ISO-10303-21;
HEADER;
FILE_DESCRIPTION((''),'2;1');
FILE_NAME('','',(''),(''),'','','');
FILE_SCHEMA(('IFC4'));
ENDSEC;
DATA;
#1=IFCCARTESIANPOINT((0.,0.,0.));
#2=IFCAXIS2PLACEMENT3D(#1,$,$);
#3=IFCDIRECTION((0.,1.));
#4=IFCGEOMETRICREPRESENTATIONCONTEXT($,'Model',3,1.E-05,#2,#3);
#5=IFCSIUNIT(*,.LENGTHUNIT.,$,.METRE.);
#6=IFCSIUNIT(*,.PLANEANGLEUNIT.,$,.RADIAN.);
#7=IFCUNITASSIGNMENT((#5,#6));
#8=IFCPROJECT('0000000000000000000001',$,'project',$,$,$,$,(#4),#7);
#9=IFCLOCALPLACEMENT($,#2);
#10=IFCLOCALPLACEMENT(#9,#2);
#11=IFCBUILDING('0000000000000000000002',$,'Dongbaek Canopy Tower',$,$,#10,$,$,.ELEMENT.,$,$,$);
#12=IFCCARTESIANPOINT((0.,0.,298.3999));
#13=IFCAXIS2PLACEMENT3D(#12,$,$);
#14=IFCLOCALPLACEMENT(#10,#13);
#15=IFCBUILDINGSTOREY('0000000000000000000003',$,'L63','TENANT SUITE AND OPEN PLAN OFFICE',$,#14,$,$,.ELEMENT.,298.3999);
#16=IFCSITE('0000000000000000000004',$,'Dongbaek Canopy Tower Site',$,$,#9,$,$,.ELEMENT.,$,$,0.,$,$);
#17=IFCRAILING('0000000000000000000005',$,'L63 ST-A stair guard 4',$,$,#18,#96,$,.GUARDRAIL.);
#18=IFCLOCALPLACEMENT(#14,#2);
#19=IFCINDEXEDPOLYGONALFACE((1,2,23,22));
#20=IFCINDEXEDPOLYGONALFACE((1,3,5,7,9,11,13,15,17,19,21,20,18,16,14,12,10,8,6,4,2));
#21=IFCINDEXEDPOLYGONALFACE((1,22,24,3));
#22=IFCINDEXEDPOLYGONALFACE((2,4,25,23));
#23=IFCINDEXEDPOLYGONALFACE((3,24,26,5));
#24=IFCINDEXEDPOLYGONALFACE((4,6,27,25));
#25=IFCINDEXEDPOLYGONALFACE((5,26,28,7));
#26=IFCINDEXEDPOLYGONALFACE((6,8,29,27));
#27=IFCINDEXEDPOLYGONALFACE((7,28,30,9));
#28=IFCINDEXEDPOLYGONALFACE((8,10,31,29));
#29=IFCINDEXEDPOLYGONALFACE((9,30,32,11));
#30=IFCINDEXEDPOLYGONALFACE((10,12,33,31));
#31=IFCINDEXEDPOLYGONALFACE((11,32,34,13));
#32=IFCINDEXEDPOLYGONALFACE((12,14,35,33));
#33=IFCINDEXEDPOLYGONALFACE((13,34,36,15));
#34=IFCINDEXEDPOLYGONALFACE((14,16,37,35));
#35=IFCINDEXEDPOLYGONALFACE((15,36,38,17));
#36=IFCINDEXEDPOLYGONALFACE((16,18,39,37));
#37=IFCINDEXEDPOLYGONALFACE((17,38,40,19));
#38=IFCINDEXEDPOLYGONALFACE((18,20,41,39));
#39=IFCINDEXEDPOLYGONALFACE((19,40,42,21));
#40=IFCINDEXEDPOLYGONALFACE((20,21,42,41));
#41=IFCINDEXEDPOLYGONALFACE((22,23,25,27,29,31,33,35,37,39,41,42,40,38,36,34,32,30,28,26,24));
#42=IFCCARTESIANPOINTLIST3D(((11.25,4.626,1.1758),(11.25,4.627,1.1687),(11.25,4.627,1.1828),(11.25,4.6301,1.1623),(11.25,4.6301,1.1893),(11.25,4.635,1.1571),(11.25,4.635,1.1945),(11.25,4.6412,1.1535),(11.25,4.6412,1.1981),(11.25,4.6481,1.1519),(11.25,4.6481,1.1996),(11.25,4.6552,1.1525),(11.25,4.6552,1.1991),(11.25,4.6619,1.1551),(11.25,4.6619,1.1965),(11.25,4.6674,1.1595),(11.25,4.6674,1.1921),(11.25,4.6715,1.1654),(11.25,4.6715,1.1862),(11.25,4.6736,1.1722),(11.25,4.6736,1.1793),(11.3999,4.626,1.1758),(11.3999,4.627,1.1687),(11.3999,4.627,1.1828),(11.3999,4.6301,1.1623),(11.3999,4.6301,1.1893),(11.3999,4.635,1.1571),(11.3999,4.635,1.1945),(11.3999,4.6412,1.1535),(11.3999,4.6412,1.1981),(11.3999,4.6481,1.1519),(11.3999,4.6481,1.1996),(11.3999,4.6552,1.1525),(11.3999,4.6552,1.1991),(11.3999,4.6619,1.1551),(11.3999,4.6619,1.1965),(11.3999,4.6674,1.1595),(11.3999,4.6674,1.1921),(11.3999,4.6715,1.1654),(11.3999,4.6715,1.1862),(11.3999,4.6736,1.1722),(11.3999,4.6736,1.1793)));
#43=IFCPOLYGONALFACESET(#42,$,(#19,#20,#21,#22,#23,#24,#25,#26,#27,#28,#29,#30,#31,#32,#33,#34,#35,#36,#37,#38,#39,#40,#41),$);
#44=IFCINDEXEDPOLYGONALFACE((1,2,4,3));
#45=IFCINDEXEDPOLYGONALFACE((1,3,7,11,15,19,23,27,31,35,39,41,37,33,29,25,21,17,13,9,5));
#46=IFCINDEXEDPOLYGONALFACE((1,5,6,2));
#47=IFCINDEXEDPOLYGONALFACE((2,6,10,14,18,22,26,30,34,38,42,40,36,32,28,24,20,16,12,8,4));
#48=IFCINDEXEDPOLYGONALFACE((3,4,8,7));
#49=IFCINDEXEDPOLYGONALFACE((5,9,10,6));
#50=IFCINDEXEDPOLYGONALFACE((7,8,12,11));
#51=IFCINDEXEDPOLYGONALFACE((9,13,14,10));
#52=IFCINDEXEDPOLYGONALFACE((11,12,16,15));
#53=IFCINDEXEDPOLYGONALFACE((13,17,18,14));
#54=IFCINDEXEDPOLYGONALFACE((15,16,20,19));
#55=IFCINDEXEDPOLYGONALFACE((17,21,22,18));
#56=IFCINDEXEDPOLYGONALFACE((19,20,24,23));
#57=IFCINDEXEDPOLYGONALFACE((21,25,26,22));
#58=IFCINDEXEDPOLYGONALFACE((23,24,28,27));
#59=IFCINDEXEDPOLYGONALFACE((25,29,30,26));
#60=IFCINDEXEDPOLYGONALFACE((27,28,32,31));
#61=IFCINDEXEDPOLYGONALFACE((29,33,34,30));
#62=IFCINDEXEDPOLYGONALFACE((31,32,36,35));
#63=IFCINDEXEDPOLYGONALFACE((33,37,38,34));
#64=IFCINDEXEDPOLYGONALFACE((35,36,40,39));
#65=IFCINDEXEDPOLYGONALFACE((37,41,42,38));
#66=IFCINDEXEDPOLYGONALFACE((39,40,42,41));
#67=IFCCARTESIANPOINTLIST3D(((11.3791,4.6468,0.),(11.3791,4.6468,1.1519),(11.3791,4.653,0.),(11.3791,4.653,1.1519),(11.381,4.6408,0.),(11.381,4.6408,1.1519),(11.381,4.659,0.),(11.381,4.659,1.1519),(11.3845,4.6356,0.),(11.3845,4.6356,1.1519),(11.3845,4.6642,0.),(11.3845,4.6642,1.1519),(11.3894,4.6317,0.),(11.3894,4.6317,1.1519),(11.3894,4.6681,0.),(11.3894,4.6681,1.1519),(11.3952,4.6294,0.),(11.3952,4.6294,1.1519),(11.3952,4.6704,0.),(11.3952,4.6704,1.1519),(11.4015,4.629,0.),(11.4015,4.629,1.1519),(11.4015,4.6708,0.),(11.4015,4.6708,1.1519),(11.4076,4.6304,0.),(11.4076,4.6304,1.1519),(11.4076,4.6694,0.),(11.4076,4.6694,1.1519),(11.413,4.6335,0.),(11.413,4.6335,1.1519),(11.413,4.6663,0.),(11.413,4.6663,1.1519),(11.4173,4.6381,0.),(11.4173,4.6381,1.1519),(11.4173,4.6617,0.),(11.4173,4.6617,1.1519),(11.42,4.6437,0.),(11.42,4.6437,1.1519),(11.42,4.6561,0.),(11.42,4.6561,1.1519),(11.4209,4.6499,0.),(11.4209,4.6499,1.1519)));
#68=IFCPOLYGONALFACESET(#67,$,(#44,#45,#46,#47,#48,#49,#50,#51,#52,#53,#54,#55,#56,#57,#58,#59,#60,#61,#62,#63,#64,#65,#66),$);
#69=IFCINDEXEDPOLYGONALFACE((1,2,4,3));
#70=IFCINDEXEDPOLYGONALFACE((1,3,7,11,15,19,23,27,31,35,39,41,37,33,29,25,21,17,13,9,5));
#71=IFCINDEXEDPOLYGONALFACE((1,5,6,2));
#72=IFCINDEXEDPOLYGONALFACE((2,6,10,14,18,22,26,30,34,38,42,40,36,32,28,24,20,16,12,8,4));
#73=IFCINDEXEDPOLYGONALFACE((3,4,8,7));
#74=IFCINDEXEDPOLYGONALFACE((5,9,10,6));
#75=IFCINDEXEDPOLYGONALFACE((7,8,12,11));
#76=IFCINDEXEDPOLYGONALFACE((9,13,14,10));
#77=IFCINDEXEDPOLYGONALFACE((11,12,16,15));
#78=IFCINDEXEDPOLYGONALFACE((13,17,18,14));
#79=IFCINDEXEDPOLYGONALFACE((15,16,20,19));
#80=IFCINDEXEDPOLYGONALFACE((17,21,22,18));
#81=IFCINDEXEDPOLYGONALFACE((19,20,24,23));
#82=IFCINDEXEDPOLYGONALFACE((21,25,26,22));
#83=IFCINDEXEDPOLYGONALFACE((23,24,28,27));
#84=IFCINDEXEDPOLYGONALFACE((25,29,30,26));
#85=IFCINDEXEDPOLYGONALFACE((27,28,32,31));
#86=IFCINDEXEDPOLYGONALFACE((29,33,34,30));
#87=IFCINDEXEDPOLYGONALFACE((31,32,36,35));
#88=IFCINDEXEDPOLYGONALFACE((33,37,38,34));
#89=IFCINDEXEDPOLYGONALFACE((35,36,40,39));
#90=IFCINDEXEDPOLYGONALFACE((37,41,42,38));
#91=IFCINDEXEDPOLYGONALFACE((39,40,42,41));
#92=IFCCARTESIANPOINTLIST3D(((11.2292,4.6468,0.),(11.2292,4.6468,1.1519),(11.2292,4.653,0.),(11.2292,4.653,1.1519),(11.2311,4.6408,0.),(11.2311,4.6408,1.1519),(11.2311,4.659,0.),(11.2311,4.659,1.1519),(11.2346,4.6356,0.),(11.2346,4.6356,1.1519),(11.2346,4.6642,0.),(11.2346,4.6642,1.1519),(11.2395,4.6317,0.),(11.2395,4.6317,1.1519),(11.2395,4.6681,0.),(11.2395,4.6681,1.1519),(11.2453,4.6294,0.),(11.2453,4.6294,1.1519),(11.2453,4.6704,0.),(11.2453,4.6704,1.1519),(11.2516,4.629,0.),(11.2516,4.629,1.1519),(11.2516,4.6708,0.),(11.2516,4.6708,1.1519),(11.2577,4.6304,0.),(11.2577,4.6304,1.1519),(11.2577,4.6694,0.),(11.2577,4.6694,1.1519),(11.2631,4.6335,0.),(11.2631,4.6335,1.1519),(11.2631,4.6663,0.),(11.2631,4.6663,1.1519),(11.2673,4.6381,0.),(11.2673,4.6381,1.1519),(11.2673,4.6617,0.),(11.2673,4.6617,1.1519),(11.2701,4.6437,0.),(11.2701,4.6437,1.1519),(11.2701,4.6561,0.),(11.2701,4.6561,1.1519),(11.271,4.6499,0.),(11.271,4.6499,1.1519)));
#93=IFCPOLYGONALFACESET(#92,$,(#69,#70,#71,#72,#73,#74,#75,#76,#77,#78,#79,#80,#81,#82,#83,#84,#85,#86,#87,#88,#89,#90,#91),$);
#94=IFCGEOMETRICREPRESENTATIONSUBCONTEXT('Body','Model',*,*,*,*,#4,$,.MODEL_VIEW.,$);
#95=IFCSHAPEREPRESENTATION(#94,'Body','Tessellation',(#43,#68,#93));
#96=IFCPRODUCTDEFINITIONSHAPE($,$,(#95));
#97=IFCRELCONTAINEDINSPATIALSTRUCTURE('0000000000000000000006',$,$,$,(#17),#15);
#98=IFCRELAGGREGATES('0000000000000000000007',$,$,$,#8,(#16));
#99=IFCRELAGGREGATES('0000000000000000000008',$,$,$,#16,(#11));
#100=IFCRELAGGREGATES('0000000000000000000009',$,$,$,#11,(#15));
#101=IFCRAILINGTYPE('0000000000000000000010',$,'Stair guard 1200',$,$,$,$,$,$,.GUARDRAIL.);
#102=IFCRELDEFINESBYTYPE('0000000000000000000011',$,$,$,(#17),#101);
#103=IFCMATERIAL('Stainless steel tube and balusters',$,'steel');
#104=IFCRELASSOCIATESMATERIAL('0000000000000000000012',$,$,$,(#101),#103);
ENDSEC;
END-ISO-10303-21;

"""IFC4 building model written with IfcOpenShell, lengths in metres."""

from ifc_helpers import new_model, si_unit, direction, frame, origin, origin_2d, place, context, subcontext, project, spatial, circle, extrude, material, type_object, element, save


model = new_model("IFC4")

# Units and contexts
model_context = context("Model", 3, precision=1e-05, world=origin(), true_north=direction((0.0, 1.0)))
body_context = subcontext(model_context, "Body", "Model", "MODEL_VIEW")
ifc_project = project(units=[si_unit("LENGTHUNIT", "METRE"), si_unit("PLANEANGLEUNIT", "RADIAN")], contexts=[model_context])

# Site, building, storey
site_placement = place(None, origin())
site = spatial("IfcSite", under=ifc_project, at=site_placement, Name="Dongbaek Canopy Tower Site", CompositionType="ELEMENT", RefElevation=0.0)
building_placement = place(site_placement, origin())
building = spatial("IfcBuilding", under=site, at=building_placement, Name="Dongbaek Canopy Tower", CompositionType="ELEMENT")
storey_placement = place(building_placement, frame((0.0, 0.0, 298.3999)))
storey = spatial("IfcBuildingStorey", under=building, at=storey_placement, Name="L63", Description="TENANT SUITE AND OPEN PLAN OFFICE", CompositionType="ELEMENT", Elevation=298.3999)

# Railing
ifc_material_1 = material(Name="Stainless steel tube and balusters", Category="steel")
railing_type_1 = type_object("IfcRailingType", Name="Stair guard 1200", PredefinedType="GUARDRAIL", material=ifc_material_1)
railing_1_placement = place(storey_placement, frame((11.3999, 4.6499, 0.0)))
element("IfcRailing", 1, at=railing_1_placement, inside=storey, type_object=railing_type_1, Name="L63 ST-A stair guard 4", PredefinedType="GUARDRAIL", context=body_context, shape_type="SweptSolid", body=[
    extrude(circle(Radius=0.0239, at=origin_2d()), frame((0.0, 0.0, 1.1758), z_axis=(-1.0, 0.0, 0.0), x_axis=(0.0, -1.0, 0.0)), (0.0, 0.0, 1.0), 0.1499),
    extrude(circle(Radius=0.021, at=origin_2d()), origin(), (0.0, 0.0, 1.0), 1.1519),
    extrude(circle(Radius=0.021, at=origin_2d()), frame((-0.1499, 0.0, 0.0)), (0.0, 0.0, 1.0), 1.1519),
])

save(model, "model.ifc")
